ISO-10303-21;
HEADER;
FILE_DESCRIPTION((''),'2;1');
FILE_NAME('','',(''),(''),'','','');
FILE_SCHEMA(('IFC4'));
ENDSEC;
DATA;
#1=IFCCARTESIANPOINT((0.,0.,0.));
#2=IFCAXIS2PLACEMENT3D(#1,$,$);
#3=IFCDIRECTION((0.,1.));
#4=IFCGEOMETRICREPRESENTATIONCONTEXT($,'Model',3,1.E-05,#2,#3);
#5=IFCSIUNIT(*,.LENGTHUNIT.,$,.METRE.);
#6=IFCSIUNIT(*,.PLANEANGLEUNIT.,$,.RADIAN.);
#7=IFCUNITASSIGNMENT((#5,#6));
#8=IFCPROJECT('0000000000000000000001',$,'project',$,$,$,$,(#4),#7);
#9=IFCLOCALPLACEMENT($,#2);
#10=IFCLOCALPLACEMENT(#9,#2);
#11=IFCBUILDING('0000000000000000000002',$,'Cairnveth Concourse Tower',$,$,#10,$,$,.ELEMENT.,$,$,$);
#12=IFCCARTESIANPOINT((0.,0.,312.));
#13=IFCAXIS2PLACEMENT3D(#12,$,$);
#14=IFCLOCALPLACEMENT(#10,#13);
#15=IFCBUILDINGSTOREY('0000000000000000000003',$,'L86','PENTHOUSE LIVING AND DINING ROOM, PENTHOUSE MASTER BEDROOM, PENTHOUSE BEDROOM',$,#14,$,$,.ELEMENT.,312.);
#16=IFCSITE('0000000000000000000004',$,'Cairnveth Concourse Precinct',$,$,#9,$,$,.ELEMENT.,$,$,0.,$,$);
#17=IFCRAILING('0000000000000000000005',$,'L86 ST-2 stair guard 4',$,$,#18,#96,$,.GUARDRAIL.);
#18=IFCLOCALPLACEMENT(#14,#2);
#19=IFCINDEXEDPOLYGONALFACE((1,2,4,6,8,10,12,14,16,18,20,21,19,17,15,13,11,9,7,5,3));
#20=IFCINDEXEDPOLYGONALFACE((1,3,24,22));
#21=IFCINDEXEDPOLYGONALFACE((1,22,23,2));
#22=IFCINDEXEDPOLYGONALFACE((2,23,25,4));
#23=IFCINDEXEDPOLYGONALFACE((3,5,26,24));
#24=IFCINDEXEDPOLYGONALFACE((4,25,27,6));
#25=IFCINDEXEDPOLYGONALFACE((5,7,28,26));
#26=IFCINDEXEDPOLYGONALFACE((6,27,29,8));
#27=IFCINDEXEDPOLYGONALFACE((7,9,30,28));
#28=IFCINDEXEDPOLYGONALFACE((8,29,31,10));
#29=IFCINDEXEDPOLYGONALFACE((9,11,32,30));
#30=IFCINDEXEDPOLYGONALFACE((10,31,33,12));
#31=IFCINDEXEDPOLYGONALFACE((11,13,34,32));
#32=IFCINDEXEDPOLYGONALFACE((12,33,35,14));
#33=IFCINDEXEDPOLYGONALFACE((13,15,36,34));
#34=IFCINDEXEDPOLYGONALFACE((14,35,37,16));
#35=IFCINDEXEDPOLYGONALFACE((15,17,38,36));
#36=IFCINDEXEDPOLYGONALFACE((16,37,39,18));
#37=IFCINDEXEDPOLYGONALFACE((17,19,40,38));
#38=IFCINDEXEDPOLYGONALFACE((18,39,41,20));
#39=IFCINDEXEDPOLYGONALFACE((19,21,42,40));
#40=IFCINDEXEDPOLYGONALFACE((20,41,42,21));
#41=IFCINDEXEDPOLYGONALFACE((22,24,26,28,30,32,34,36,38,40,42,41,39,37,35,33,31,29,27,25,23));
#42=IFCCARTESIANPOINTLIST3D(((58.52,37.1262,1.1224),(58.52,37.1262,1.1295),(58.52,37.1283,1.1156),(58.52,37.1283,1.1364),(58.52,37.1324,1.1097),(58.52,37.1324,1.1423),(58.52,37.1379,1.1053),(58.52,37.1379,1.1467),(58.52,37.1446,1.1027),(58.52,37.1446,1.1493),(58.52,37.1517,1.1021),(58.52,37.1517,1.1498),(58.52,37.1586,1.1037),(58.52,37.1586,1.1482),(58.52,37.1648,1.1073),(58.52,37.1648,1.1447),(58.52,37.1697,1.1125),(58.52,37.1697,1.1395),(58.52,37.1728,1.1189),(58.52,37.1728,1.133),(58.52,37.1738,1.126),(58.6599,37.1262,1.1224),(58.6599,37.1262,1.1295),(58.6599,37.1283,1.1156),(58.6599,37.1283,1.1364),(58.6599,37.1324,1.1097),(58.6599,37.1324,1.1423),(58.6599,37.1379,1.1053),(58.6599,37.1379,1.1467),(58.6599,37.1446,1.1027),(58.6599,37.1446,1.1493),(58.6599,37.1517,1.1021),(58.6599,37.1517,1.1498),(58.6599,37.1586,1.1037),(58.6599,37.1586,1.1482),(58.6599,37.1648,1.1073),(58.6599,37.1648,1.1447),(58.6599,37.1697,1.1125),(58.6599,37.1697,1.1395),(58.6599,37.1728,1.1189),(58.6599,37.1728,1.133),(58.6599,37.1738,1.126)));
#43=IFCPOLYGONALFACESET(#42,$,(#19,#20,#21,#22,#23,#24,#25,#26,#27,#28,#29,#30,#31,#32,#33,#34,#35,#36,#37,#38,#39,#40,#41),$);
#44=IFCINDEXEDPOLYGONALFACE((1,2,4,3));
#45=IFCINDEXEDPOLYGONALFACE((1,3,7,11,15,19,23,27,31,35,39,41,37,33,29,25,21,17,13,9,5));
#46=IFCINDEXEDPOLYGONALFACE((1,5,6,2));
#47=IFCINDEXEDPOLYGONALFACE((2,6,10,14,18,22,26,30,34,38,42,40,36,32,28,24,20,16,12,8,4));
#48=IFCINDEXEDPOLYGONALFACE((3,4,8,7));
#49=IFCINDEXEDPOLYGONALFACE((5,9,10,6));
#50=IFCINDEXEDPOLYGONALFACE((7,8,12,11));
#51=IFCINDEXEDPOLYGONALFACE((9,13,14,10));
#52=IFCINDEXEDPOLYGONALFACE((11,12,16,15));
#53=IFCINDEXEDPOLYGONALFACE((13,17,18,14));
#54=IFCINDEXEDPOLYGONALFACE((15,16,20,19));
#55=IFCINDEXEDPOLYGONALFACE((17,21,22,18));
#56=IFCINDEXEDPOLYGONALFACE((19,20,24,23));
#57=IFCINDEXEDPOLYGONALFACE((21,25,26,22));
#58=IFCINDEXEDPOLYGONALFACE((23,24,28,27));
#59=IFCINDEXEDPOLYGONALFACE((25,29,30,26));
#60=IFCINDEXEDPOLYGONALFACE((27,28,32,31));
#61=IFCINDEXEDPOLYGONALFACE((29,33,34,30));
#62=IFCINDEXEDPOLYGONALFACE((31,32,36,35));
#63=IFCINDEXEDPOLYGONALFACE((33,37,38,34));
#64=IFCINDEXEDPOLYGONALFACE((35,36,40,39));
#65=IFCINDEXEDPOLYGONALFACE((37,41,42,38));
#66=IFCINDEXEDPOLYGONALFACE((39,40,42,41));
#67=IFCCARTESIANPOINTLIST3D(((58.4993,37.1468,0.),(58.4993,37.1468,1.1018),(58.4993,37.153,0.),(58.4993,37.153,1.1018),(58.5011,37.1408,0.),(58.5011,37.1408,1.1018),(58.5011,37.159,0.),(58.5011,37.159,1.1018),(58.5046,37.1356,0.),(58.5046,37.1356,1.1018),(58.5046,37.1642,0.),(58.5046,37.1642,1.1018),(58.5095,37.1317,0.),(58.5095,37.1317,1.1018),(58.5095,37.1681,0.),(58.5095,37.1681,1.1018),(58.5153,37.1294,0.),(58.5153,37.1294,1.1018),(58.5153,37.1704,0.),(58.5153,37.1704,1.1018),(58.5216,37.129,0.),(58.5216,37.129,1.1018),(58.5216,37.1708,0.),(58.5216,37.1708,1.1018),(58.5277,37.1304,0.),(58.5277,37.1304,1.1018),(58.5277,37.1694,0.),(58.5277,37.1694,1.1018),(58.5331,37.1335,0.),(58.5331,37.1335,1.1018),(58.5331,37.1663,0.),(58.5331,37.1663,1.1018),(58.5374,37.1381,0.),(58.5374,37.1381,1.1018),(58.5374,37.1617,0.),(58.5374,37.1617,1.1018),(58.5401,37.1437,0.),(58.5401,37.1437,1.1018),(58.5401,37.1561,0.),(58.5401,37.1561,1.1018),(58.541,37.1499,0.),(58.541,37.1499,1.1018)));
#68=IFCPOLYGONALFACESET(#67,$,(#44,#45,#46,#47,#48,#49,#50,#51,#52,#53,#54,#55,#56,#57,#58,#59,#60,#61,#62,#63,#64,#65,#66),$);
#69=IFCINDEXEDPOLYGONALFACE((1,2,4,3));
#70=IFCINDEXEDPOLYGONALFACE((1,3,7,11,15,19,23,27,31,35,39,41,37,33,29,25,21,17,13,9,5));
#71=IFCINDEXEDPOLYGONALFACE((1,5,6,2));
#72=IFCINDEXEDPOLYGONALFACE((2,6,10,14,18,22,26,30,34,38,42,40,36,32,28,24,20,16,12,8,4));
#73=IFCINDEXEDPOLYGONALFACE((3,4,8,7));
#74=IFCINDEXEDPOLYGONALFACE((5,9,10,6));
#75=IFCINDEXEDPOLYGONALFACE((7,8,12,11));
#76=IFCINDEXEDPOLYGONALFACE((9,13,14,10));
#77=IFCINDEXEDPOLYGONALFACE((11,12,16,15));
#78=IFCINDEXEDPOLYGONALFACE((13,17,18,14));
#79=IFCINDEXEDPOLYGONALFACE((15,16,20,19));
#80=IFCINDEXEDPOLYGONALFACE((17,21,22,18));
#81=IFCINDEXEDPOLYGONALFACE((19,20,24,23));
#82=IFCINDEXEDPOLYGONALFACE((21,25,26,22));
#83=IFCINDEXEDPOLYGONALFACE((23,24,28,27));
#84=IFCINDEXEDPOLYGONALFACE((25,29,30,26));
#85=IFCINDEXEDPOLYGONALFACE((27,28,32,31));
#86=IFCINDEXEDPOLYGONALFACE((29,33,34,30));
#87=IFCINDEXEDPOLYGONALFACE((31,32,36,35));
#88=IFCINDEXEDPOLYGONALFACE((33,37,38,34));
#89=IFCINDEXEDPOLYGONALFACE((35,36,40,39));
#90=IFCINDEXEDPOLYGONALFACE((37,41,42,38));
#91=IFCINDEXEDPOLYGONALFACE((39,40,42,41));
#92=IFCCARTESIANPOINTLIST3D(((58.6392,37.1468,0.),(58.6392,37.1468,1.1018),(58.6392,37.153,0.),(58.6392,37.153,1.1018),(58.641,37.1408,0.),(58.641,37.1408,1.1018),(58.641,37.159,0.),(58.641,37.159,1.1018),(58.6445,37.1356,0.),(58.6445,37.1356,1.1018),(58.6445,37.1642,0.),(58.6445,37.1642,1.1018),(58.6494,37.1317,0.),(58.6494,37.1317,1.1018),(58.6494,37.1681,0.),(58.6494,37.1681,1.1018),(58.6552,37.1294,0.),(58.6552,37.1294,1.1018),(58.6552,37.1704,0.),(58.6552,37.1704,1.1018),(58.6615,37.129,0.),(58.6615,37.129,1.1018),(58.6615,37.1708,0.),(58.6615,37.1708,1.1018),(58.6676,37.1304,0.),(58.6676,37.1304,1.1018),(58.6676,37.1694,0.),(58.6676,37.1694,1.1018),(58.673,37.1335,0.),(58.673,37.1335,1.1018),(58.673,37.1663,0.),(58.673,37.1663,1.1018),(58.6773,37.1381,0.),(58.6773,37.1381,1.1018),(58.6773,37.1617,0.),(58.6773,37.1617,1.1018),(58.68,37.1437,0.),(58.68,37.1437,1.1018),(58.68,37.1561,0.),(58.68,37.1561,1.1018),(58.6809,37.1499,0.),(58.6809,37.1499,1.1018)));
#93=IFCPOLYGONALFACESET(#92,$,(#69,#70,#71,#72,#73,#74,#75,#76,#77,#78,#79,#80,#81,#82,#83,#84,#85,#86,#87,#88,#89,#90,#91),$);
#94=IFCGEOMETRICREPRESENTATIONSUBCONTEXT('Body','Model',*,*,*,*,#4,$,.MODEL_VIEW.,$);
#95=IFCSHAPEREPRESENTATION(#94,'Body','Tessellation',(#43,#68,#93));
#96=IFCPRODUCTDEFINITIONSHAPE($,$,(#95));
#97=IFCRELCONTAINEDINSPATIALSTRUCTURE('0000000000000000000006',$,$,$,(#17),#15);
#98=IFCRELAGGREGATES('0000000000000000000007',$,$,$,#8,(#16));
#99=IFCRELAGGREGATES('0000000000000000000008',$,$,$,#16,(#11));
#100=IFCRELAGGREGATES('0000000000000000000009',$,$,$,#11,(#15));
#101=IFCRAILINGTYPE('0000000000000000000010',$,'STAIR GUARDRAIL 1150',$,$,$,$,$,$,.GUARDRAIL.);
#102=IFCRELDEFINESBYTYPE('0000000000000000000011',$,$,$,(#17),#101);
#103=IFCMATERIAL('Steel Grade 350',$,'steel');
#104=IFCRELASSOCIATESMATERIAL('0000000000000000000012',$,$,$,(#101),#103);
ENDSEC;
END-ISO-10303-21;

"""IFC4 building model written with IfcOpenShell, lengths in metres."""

from ifc_helpers import new_model, si_unit, direction, frame, origin, origin_2d, place, context, subcontext, project, spatial, circle, extrude, material, type_object, element, save


model = new_model("IFC4")

# Units and contexts
model_context = context("Model", 3, precision=1e-05, world=origin(), true_north=direction((0.0, 1.0)))
body_context = subcontext(model_context, "Body", "Model", "MODEL_VIEW")
ifc_project = project(units=[si_unit("LENGTHUNIT", "METRE"), si_unit("PLANEANGLEUNIT", "RADIAN")], contexts=[model_context])

# Site, building, storey
site_placement = place(None, origin())
site = spatial("IfcSite", under=ifc_project, at=site_placement, Name="Cairnveth Concourse Precinct", CompositionType="ELEMENT", RefElevation=0.0)
building_placement = place(site_placement, origin())
building = spatial("IfcBuilding", under=site, at=building_placement, Name="Cairnveth Concourse Tower", CompositionType="ELEMENT")
storey_placement = place(building_placement, frame((0.0, 0.0, 312.0)))
storey = spatial("IfcBuildingStorey", under=building, at=storey_placement, Name="L86", Description="PENTHOUSE LIVING AND DINING ROOM, PENTHOUSE MASTER BEDROOM, PENTHOUSE BEDROOM", CompositionType="ELEMENT", Elevation=312.0)

# Shared definitions
ifc_material_1 = material(Name="Steel Grade 350", Category="steel")

# Railing
railing_type_1 = type_object("IfcRailingType", Name="STAIR GUARDRAIL 1150", PredefinedType="GUARDRAIL", material=ifc_material_1)
railing_1_placement = place(storey_placement, frame((58.52, 37.1499, 0.0)))
element("IfcRailing", 1, at=railing_1_placement, inside=storey, type_object=railing_type_1, Name="L86 ST-2 stair guard 4", PredefinedType="GUARDRAIL", context=body_context, shape_type="SweptSolid", body=[
    extrude(circle(Radius=0.0239, at=origin_2d()), frame((0.0, 0.0, 1.126), z_axis=(1.0, 0.0, 0.0), x_axis=(0.0, 1.0, 0.0)), (0.0, 0.0, 1.0), 0.1399),
    extrude(circle(Radius=0.021, at=origin_2d()), origin(), (0.0, 0.0, 1.0), 1.1018),
    extrude(circle(Radius=0.021, at=origin_2d()), frame((0.1399, 0.0, 0.0)), (0.0, 0.0, 1.0), 1.1018),
])

save(model, "model.ifc")
